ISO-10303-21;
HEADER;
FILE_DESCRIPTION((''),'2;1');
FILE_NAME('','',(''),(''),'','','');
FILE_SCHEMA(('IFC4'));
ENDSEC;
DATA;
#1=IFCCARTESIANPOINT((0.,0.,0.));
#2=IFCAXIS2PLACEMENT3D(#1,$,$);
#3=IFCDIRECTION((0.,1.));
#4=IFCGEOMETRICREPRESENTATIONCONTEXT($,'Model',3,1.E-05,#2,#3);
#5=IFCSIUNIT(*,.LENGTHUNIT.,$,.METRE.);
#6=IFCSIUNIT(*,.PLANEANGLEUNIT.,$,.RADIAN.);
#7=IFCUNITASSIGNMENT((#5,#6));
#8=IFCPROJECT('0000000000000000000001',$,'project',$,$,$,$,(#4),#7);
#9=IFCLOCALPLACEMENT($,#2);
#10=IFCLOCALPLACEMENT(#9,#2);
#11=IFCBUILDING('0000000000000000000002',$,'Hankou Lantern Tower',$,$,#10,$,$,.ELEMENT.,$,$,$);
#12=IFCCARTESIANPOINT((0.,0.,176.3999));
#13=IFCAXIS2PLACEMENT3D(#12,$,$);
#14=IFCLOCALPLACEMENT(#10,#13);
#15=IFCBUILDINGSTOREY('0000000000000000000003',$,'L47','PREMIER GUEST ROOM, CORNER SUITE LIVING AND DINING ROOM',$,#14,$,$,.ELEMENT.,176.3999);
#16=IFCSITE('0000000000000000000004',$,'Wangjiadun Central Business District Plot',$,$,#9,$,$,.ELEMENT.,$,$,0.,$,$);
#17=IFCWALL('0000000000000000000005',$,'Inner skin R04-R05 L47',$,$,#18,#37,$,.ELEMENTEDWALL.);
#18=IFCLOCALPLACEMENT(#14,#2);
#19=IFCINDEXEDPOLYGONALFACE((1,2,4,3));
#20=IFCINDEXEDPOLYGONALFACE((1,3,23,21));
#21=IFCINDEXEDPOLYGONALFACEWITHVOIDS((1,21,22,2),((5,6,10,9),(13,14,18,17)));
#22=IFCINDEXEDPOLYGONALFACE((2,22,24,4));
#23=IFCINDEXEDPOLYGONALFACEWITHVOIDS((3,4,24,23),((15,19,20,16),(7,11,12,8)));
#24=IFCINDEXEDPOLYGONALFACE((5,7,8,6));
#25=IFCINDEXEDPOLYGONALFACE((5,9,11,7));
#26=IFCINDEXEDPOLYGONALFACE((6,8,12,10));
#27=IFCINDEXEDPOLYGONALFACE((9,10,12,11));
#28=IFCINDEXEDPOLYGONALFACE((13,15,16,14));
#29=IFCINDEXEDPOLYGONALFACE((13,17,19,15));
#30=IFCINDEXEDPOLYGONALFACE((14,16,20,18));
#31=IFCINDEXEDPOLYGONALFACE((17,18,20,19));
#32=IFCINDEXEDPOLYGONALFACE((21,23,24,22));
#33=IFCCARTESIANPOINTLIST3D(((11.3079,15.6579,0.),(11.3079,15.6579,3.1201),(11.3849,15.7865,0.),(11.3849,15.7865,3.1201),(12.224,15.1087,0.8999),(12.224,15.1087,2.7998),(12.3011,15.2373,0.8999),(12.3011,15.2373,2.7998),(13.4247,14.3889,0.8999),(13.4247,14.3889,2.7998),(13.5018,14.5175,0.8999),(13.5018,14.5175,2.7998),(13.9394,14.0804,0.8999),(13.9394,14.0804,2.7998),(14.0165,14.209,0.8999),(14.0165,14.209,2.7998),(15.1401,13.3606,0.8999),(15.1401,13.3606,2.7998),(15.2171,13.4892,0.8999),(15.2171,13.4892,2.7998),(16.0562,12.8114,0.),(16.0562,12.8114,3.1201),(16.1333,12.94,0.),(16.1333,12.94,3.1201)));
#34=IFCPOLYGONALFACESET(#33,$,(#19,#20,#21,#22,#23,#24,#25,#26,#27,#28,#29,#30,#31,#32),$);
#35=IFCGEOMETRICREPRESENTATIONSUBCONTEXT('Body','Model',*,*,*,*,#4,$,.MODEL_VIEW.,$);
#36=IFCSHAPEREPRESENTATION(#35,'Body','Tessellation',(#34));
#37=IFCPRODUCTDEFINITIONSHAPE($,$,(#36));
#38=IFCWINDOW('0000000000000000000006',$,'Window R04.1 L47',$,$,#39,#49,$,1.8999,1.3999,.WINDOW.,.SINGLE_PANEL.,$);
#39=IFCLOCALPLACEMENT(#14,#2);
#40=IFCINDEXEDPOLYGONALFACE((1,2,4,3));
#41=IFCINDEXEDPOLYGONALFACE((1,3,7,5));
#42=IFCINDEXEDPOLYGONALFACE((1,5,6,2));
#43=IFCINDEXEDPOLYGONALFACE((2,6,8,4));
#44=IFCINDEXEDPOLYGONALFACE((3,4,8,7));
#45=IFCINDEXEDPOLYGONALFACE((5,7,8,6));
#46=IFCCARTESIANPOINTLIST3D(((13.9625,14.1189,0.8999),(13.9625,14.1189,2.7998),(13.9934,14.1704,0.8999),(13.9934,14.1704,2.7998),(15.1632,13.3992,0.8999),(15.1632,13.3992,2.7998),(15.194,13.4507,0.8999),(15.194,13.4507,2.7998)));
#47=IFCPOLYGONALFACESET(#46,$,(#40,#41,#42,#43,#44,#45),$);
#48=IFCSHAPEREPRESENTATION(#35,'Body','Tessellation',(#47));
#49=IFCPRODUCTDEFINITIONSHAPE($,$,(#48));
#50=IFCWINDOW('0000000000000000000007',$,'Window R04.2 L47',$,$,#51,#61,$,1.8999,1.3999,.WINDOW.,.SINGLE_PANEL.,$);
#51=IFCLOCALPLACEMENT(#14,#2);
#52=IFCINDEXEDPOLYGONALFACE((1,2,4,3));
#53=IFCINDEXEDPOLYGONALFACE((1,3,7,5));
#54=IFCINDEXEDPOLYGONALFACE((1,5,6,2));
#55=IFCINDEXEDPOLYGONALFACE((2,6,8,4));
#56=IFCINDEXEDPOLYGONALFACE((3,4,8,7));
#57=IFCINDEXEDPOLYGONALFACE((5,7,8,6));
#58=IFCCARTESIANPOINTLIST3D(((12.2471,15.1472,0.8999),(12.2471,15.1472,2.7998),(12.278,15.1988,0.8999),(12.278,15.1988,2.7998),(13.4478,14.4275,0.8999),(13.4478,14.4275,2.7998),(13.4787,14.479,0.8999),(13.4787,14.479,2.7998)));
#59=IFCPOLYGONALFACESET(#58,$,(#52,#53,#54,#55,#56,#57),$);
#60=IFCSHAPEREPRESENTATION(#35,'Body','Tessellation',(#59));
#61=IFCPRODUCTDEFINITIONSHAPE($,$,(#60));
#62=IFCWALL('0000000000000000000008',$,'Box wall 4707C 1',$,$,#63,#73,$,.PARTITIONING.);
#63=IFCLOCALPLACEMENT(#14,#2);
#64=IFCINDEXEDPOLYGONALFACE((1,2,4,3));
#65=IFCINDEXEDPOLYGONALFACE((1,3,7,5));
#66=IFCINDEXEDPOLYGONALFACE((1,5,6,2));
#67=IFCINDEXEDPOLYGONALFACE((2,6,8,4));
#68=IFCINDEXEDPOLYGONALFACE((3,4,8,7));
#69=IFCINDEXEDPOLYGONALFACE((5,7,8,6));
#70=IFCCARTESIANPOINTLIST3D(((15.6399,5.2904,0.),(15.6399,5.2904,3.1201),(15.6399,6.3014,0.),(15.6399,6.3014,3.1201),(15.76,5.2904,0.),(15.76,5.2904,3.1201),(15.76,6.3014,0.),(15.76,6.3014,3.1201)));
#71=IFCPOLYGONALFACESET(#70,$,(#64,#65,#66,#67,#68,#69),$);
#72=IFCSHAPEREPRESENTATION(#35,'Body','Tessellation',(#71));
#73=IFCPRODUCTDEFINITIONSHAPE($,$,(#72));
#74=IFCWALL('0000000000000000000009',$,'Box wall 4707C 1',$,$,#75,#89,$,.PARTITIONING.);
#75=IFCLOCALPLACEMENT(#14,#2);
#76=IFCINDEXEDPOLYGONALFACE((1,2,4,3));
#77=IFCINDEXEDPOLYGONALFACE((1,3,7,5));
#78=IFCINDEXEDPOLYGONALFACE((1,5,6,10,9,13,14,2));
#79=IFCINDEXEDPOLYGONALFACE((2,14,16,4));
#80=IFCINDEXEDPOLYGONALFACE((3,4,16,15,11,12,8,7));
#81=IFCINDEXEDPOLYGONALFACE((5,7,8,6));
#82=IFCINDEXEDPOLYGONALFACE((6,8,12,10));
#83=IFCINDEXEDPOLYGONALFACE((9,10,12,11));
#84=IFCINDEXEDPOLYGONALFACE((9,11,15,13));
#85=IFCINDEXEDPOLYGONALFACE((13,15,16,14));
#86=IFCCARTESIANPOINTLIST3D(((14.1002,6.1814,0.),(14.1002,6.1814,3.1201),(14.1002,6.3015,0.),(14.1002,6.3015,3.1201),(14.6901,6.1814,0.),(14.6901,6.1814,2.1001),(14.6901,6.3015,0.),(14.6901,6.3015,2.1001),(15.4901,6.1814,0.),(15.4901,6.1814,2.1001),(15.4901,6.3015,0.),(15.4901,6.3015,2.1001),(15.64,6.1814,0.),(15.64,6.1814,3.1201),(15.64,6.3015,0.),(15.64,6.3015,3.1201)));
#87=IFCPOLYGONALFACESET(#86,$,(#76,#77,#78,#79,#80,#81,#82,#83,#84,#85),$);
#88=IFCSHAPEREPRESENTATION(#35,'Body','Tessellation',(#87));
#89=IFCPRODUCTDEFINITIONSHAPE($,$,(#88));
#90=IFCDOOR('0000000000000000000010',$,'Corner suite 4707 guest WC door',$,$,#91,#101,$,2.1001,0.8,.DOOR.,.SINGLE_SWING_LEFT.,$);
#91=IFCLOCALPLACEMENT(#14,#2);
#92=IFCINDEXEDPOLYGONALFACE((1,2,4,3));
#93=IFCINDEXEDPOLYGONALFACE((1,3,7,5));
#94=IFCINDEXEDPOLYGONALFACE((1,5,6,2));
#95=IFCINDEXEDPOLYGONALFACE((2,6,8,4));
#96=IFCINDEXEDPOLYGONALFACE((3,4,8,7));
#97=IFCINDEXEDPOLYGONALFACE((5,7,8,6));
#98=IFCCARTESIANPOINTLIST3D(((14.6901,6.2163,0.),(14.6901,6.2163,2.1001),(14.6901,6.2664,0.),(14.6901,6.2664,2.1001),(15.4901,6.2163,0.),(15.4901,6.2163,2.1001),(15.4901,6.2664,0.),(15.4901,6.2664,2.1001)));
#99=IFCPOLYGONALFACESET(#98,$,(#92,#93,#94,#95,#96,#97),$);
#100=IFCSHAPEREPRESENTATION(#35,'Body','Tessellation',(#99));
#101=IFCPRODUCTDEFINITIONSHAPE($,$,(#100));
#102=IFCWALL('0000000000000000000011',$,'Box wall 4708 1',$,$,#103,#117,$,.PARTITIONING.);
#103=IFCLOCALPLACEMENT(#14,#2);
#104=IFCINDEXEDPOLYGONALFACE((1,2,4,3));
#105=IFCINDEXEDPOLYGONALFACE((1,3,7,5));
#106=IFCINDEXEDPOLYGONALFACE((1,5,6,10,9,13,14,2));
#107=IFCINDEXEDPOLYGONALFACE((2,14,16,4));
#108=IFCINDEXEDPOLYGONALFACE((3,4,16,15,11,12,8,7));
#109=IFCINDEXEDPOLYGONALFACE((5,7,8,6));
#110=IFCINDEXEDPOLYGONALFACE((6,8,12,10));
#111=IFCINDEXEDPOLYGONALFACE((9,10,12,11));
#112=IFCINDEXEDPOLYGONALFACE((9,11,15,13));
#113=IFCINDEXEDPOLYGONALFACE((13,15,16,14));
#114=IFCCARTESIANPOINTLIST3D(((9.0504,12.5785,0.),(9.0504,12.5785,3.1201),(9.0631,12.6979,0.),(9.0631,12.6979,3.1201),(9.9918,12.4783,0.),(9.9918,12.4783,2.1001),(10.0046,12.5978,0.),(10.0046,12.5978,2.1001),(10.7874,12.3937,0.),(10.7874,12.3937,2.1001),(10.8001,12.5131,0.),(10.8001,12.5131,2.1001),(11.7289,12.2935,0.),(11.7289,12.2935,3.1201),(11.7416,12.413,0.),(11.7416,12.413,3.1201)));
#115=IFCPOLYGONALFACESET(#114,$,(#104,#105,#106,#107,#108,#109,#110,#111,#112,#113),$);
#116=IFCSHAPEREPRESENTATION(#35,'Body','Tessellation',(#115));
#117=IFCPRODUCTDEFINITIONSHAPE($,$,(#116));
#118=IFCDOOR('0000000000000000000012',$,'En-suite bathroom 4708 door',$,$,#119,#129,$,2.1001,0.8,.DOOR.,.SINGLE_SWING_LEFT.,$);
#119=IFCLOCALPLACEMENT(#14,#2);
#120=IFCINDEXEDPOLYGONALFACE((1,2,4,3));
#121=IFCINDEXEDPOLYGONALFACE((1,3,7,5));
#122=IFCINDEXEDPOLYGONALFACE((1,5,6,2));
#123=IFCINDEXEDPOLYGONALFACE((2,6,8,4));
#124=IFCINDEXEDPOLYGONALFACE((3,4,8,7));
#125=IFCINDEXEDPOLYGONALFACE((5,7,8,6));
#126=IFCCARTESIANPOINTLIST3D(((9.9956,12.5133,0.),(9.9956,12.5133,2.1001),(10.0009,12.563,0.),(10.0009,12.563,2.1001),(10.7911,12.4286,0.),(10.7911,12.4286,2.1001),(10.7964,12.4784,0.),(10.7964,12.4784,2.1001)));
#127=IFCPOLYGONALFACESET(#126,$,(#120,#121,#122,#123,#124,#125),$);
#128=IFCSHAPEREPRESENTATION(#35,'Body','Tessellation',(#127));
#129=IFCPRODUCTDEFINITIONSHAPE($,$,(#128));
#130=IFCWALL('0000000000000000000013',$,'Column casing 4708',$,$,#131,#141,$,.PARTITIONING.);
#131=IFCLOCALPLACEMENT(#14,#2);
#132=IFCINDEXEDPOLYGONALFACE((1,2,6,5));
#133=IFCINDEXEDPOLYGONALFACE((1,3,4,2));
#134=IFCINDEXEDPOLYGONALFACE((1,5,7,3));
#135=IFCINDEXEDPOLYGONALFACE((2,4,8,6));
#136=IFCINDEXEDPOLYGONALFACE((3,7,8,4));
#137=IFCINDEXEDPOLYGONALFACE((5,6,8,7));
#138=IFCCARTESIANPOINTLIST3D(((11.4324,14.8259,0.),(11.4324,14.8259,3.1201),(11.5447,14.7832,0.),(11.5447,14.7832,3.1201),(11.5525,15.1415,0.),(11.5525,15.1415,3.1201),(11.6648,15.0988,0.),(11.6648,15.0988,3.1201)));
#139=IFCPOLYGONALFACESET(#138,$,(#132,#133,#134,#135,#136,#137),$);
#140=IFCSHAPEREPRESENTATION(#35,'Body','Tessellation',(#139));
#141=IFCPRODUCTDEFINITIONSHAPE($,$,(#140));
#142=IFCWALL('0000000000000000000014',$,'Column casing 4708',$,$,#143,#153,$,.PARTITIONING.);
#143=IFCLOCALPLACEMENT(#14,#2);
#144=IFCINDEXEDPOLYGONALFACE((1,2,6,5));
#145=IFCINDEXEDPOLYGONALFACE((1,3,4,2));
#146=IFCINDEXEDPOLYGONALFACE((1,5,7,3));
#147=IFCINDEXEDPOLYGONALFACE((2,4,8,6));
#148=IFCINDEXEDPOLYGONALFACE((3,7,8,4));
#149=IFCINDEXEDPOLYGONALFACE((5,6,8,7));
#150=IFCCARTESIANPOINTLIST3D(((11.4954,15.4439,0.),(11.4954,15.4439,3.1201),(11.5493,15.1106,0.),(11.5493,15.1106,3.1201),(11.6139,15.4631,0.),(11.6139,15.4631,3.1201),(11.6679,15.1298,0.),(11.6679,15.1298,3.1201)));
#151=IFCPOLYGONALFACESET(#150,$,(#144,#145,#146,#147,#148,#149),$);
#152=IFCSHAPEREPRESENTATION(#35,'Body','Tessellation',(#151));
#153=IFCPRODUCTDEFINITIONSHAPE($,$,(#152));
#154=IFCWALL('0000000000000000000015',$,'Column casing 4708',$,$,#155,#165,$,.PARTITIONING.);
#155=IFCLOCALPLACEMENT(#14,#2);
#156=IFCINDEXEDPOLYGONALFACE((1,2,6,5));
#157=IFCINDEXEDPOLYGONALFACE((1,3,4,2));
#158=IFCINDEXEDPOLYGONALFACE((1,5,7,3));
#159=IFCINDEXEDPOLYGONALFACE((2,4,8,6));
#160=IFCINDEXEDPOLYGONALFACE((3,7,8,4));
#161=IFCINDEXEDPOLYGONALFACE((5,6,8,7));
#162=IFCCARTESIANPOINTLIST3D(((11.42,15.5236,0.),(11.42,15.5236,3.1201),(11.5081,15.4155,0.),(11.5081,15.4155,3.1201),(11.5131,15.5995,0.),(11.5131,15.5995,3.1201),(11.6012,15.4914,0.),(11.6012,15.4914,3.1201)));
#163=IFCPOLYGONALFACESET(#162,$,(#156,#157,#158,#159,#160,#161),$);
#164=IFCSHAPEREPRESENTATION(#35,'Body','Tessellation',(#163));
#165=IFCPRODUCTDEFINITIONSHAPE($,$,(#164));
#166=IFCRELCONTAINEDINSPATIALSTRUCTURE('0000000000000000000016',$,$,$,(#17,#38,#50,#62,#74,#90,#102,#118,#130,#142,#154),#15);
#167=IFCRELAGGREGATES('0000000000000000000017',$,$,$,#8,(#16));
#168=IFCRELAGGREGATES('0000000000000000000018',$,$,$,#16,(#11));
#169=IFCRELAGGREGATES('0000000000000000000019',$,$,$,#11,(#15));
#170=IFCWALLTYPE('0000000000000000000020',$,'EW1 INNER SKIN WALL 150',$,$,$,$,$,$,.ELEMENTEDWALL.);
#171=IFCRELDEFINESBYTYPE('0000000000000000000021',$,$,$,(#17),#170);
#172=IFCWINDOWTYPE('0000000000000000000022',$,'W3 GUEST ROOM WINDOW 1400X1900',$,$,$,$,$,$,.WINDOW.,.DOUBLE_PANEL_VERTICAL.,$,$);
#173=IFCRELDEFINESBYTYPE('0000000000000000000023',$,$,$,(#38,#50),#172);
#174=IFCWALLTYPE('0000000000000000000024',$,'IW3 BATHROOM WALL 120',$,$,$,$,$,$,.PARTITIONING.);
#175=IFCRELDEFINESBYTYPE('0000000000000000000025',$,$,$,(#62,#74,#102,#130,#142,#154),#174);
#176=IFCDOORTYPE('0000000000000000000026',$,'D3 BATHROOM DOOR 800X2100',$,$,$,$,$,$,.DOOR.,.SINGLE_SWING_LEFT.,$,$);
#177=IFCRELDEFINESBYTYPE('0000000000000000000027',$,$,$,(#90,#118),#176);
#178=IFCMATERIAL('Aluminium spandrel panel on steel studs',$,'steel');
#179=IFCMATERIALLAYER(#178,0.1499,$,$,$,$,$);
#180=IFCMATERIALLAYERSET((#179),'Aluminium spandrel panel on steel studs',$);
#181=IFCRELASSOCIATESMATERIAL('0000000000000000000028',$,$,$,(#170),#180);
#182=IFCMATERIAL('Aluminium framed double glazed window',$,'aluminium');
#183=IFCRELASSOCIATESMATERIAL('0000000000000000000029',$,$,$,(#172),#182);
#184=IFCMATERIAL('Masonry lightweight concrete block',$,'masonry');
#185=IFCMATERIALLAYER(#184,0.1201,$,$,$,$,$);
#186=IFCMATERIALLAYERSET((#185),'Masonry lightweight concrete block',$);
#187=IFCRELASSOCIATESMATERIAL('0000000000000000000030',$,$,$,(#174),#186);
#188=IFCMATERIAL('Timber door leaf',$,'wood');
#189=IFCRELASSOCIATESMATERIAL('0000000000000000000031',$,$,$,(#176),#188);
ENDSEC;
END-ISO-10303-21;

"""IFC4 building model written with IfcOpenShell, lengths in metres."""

from ifc_helpers import new_model, si_unit, direction, frame, frame_2d, origin, place, context, subcontext, project, spatial, rectangle, extrude, material, layer, layer_set, type_object, element, fill, save


model = new_model("IFC4")

# Units and contexts
model_context = context("Model", 3, precision=1e-05, world=origin(), true_north=direction((0.0, 1.0)))
body_context = subcontext(model_context, "Body", "Model", "MODEL_VIEW")
ifc_project = project(units=[si_unit("LENGTHUNIT", "METRE"), si_unit("PLANEANGLEUNIT", "RADIAN")], contexts=[model_context])

# Site, building, storey
site_placement = place(None, origin())
site = spatial("IfcSite", under=ifc_project, at=site_placement, Name="Wangjiadun Central Business District Plot", CompositionType="ELEMENT", RefElevation=0.0)
building_placement = place(site_placement, origin())
building = spatial("IfcBuilding", under=site, at=building_placement, Name="Hankou Lantern Tower", CompositionType="ELEMENT")
storey_placement = place(building_placement, frame((0.0, 0.0, 176.3999)))
storey = spatial("IfcBuildingStorey", under=building, at=storey_placement, Name="L47", Description="PREMIER GUEST ROOM, CORNER SUITE LIVING AND DINING ROOM", CompositionType="ELEMENT", Elevation=176.3999)

# Wall, openings, windows
ifc_material_1 = material(Name="Aluminium spandrel panel on steel studs", Category="steel")
ifc_layer_1 = layer(ifc_material_1, 0.1499)
ifc_layer_set_1 = layer_set([ifc_layer_1], Name="Aluminium spandrel panel on steel studs")
wall_type_1 = type_object("IfcWallType", Name="EW1 INNER SKIN WALL 150", PredefinedType="ELEMENTEDWALL", material=ifc_layer_set_1)
ifc_material_2 = material(Name="Aluminium framed double glazed window", Category="aluminium")
window_type = type_object("IfcWindowType", Name="W3 GUEST ROOM WINDOW 1400X1900", PartitioningType="DOUBLE_PANEL_VERTICAL", PredefinedType="WINDOW", material=ifc_material_2)
wall_1_placement = place(storey_placement, frame((16.0947, 12.8757, 0.0), z_axis=(0.0, 0.0, 1.0), x_axis=(-0.857695, 0.514158, 0.0)))
wall_1 = element("IfcWall", 1, at=wall_1_placement, inside=storey, type_object=wall_type_1, Name="Inner skin R04-R05 L47", PredefinedType="ELEMENTEDWALL", context=body_context, shape_type="SweptSolid", body=[
    extrude(rectangle(XDim=5.5361, YDim=0.1499, at=frame_2d((2.7681, 0.0))), origin(), (0.0, 0.0, 1.0), 3.1201),
])
opening_1_placement = place(wall_1_placement, frame((1.0681, 0.0, 0.8999)))
opening_1 = element("IfcOpeningElement", 2, at=opening_1_placement, cuts=wall_1, PredefinedType="OPENING", context=body_context, shape_type="SweptSolid", body=[
    extrude(rectangle(XDim=1.3999, YDim=1.8999, at=frame_2d((0.7, 0.95))), frame((0.0, 0.085, 0.0), z_axis=(0.0, -1.0, 0.0), x_axis=(1.0, 0.0, 0.0)), (0.0, 0.0, 1.0), 0.1699),
])
opening_2_placement = place(wall_1_placement, frame((3.0681, 0.0, 0.8999)))
opening_2 = element("IfcOpeningElement", 3, at=opening_2_placement, cuts=wall_1, PredefinedType="OPENING", context=body_context, shape_type="SweptSolid", body=[
    extrude(rectangle(XDim=1.3999, YDim=1.8999, at=frame_2d((0.7, 0.95))), frame((0.0, 0.085, 0.0), z_axis=(0.0, -1.0, 0.0), x_axis=(1.0, 0.0, 0.0)), (0.0, 0.0, 1.0), 0.1699),
])
window_1_placement = place(opening_1_placement, origin())
window_1 = element("IfcWindow", 4, at=window_1_placement, inside=storey, type_object=window_type, Name="Window R04.1 L47", OverallHeight=1.8999, OverallWidth=1.3999, PartitioningType="SINGLE_PANEL", PredefinedType="WINDOW", context=body_context, shape_type="SweptSolid", body=[
    extrude(rectangle(XDim=1.3999, YDim=1.8999, at=frame_2d((0.7, 0.95))), frame((0.0, 0.03, 0.0), z_axis=(0.0, -1.0, 0.0), x_axis=(1.0, 0.0, 0.0)), (0.0, 0.0, 1.0), 0.0601),
])
fill(opening_1, window_1)
window_2_placement = place(opening_2_placement, origin())
window_2 = element("IfcWindow", 5, at=window_2_placement, inside=storey, type_object=window_type, Name="Window R04.2 L47", OverallHeight=1.8999, OverallWidth=1.3999, PartitioningType="SINGLE_PANEL", PredefinedType="WINDOW", context=body_context, shape_type="SweptSolid", body=[
    extrude(rectangle(XDim=1.3999, YDim=1.8999, at=frame_2d((0.7, 0.95))), frame((0.0, 0.03, 0.0), z_axis=(0.0, -1.0, 0.0), x_axis=(1.0, 0.0, 0.0)), (0.0, 0.0, 1.0), 0.0601),
])
fill(opening_2, window_2)

# Wall
ifc_material_3 = material(Name="Masonry lightweight concrete block", Category="masonry")
ifc_layer_2 = layer(ifc_material_3, 0.1201)
ifc_layer_set_2 = layer_set([ifc_layer_2], Name="Masonry lightweight concrete block")
wall_type_2 = type_object("IfcWallType", Name="IW3 BATHROOM WALL 120", PredefinedType="PARTITIONING", material=ifc_layer_set_2)
wall_2_placement = place(storey_placement, frame((15.7, 5.2905, 0.0), z_axis=(0.0, 0.0, 1.0), x_axis=(0.0, 1.0, 0.0)))
element("IfcWall", 6, at=wall_2_placement, inside=storey, type_object=wall_type_2, Name="Box wall 4707C 1", PredefinedType="PARTITIONING", context=body_context, shape_type="SweptSolid", body=[
    extrude(rectangle(XDim=1.011, YDim=0.1201, at=frame_2d((0.5054, 0.0))), origin(), (0.0, 0.0, 1.0), 3.1201),
])

# Walls, openings, doors
wall_3_placement = place(storey_placement, frame((14.1001, 6.2415, 0.0), z_axis=(0.0, 0.0, 1.0), x_axis=(1.0, 0.0, 0.0)))
wall_3 = element("IfcWall", 7, at=wall_3_placement, inside=storey, type_object=wall_type_2, Name="Box wall 4707C 1", PredefinedType="PARTITIONING", context=body_context, shape_type="SweptSolid", body=[
    extrude(rectangle(XDim=1.5398, YDim=0.1201, at=frame_2d((0.77, 0.0))), origin(), (0.0, 0.0, 1.0), 3.1201),
])
opening_3_placement = place(wall_3_placement, frame((0.5901, 0.0, 0.0)))
opening_3 = element("IfcOpeningElement", 8, at=opening_3_placement, cuts=wall_3, PredefinedType="OPENING", context=body_context, shape_type="SweptSolid", body=[
    extrude(rectangle(XDim=0.8, YDim=2.1001, at=frame_2d((0.3999, 1.05))), frame((0.0, 0.0701, 0.0), z_axis=(0.0, -1.0, 0.0), x_axis=(1.0, 0.0, 0.0)), (0.0, 0.0, 1.0), 0.1401),
])
ifc_material_4 = material(Name="Timber door leaf", Category="wood")
door_type = type_object("IfcDoorType", Name="D3 BATHROOM DOOR 800X2100", OperationType="SINGLE_SWING_LEFT", PredefinedType="DOOR", material=ifc_material_4)
door_1_placement = place(opening_3_placement, origin())
door_1 = element("IfcDoor", 9, at=door_1_placement, inside=storey, type_object=door_type, Name="Corner suite 4707 guest WC door", OperationType="SINGLE_SWING_LEFT", OverallHeight=2.1001, OverallWidth=0.8, PredefinedType="DOOR", context=body_context, shape_type="SweptSolid", body=[
    extrude(rectangle(XDim=0.8, YDim=2.1001, at=frame_2d((0.3999, 1.05))), frame((0.0, 0.0249, 0.0), z_axis=(0.0, -1.0, 0.0), x_axis=(1.0, 0.0, 0.0)), (0.0, 0.0, 1.0), 0.05),
])
fill(opening_3, door_1)
wall_4_placement = place(storey_placement, frame((11.7351, 12.3533, 0.0), z_axis=(0.0, 0.0, 1.0), x_axis=(-0.99439, 0.105775, 0.0)))
wall_4 = element("IfcWall", 10, at=wall_4_placement, inside=storey, type_object=wall_type_2, Name="Box wall 4708 1", PredefinedType="PARTITIONING", context=body_context, shape_type="SweptSolid", body=[
    extrude(rectangle(XDim=2.6936, YDim=0.1201, at=frame_2d((1.3467, 0.0))), origin(), (0.0, 0.0, 1.0), 3.1201),
])
opening_4_placement = place(wall_4_placement, frame((0.9468, 0.0, 0.0)))
opening_4 = element("IfcOpeningElement", 11, at=opening_4_placement, cuts=wall_4, PredefinedType="OPENING", context=body_context, shape_type="SweptSolid", body=[
    extrude(rectangle(XDim=0.8, YDim=2.1001, at=frame_2d((0.3999, 1.05))), frame((0.0, 0.0701, 0.0), z_axis=(0.0, -1.0, 0.0), x_axis=(1.0, 0.0, 0.0)), (0.0, 0.0, 1.0), 0.1401),
])
door_2_placement = place(opening_4_placement, origin())
door_2 = element("IfcDoor", 12, at=door_2_placement, inside=storey, type_object=door_type, Name="En-suite bathroom 4708 door", OperationType="SINGLE_SWING_LEFT", OverallHeight=2.1001, OverallWidth=0.8, PredefinedType="DOOR", context=body_context, shape_type="SweptSolid", body=[
    extrude(rectangle(XDim=0.8, YDim=2.1001, at=frame_2d((0.3999, 1.05))), frame((0.0, 0.0249, 0.0), z_axis=(0.0, -1.0, 0.0), x_axis=(1.0, 0.0, 0.0)), (0.0, 0.0, 1.0), 0.05),
])
fill(opening_4, door_2)

# Walls
for number, where, z_axis, x_axis, name in (
    (13, (11.4885, 14.8044, 0.0), (0.0, 0.0, 1.0), (0.355635, 0.934625, 0.0), "Column casing 4708"),
    (14, (11.6086, 15.1201, 0.0), (0.0, 0.0, 1.0), (-0.159824, 0.987146, 0.0), "Column casing 4708"),
):
    element("IfcWall", number, at=place(storey_placement, frame(where, z_axis=z_axis, x_axis=x_axis)), inside=storey, type_object=wall_type_2, Name=name, PredefinedType="PARTITIONING", context=body_context, shape_type="SweptSolid", body=[
        extrude(rectangle(XDim=0.3376, YDim=0.1201, at=frame_2d((0.1689, 0.0))), origin(), (0.0, 0.0, 1.0), 3.1201),
    ])
wall_5_placement = place(storey_placement, frame((11.5547, 15.4534, 0.0), z_axis=(0.0, 0.0, 1.0), x_axis=(-0.631712, 0.775203, 0.0)))
element("IfcWall", 15, at=wall_5_placement, inside=storey, type_object=wall_type_2, Name="Column casing 4708", PredefinedType="PARTITIONING", context=body_context, shape_type="SweptSolid", body=[
    extrude(rectangle(XDim=0.1394, YDim=0.1201, at=frame_2d((0.0698, 0.0))), origin(), (0.0, 0.0, 1.0), 3.1201),
])

save(model, "model.ifc")
